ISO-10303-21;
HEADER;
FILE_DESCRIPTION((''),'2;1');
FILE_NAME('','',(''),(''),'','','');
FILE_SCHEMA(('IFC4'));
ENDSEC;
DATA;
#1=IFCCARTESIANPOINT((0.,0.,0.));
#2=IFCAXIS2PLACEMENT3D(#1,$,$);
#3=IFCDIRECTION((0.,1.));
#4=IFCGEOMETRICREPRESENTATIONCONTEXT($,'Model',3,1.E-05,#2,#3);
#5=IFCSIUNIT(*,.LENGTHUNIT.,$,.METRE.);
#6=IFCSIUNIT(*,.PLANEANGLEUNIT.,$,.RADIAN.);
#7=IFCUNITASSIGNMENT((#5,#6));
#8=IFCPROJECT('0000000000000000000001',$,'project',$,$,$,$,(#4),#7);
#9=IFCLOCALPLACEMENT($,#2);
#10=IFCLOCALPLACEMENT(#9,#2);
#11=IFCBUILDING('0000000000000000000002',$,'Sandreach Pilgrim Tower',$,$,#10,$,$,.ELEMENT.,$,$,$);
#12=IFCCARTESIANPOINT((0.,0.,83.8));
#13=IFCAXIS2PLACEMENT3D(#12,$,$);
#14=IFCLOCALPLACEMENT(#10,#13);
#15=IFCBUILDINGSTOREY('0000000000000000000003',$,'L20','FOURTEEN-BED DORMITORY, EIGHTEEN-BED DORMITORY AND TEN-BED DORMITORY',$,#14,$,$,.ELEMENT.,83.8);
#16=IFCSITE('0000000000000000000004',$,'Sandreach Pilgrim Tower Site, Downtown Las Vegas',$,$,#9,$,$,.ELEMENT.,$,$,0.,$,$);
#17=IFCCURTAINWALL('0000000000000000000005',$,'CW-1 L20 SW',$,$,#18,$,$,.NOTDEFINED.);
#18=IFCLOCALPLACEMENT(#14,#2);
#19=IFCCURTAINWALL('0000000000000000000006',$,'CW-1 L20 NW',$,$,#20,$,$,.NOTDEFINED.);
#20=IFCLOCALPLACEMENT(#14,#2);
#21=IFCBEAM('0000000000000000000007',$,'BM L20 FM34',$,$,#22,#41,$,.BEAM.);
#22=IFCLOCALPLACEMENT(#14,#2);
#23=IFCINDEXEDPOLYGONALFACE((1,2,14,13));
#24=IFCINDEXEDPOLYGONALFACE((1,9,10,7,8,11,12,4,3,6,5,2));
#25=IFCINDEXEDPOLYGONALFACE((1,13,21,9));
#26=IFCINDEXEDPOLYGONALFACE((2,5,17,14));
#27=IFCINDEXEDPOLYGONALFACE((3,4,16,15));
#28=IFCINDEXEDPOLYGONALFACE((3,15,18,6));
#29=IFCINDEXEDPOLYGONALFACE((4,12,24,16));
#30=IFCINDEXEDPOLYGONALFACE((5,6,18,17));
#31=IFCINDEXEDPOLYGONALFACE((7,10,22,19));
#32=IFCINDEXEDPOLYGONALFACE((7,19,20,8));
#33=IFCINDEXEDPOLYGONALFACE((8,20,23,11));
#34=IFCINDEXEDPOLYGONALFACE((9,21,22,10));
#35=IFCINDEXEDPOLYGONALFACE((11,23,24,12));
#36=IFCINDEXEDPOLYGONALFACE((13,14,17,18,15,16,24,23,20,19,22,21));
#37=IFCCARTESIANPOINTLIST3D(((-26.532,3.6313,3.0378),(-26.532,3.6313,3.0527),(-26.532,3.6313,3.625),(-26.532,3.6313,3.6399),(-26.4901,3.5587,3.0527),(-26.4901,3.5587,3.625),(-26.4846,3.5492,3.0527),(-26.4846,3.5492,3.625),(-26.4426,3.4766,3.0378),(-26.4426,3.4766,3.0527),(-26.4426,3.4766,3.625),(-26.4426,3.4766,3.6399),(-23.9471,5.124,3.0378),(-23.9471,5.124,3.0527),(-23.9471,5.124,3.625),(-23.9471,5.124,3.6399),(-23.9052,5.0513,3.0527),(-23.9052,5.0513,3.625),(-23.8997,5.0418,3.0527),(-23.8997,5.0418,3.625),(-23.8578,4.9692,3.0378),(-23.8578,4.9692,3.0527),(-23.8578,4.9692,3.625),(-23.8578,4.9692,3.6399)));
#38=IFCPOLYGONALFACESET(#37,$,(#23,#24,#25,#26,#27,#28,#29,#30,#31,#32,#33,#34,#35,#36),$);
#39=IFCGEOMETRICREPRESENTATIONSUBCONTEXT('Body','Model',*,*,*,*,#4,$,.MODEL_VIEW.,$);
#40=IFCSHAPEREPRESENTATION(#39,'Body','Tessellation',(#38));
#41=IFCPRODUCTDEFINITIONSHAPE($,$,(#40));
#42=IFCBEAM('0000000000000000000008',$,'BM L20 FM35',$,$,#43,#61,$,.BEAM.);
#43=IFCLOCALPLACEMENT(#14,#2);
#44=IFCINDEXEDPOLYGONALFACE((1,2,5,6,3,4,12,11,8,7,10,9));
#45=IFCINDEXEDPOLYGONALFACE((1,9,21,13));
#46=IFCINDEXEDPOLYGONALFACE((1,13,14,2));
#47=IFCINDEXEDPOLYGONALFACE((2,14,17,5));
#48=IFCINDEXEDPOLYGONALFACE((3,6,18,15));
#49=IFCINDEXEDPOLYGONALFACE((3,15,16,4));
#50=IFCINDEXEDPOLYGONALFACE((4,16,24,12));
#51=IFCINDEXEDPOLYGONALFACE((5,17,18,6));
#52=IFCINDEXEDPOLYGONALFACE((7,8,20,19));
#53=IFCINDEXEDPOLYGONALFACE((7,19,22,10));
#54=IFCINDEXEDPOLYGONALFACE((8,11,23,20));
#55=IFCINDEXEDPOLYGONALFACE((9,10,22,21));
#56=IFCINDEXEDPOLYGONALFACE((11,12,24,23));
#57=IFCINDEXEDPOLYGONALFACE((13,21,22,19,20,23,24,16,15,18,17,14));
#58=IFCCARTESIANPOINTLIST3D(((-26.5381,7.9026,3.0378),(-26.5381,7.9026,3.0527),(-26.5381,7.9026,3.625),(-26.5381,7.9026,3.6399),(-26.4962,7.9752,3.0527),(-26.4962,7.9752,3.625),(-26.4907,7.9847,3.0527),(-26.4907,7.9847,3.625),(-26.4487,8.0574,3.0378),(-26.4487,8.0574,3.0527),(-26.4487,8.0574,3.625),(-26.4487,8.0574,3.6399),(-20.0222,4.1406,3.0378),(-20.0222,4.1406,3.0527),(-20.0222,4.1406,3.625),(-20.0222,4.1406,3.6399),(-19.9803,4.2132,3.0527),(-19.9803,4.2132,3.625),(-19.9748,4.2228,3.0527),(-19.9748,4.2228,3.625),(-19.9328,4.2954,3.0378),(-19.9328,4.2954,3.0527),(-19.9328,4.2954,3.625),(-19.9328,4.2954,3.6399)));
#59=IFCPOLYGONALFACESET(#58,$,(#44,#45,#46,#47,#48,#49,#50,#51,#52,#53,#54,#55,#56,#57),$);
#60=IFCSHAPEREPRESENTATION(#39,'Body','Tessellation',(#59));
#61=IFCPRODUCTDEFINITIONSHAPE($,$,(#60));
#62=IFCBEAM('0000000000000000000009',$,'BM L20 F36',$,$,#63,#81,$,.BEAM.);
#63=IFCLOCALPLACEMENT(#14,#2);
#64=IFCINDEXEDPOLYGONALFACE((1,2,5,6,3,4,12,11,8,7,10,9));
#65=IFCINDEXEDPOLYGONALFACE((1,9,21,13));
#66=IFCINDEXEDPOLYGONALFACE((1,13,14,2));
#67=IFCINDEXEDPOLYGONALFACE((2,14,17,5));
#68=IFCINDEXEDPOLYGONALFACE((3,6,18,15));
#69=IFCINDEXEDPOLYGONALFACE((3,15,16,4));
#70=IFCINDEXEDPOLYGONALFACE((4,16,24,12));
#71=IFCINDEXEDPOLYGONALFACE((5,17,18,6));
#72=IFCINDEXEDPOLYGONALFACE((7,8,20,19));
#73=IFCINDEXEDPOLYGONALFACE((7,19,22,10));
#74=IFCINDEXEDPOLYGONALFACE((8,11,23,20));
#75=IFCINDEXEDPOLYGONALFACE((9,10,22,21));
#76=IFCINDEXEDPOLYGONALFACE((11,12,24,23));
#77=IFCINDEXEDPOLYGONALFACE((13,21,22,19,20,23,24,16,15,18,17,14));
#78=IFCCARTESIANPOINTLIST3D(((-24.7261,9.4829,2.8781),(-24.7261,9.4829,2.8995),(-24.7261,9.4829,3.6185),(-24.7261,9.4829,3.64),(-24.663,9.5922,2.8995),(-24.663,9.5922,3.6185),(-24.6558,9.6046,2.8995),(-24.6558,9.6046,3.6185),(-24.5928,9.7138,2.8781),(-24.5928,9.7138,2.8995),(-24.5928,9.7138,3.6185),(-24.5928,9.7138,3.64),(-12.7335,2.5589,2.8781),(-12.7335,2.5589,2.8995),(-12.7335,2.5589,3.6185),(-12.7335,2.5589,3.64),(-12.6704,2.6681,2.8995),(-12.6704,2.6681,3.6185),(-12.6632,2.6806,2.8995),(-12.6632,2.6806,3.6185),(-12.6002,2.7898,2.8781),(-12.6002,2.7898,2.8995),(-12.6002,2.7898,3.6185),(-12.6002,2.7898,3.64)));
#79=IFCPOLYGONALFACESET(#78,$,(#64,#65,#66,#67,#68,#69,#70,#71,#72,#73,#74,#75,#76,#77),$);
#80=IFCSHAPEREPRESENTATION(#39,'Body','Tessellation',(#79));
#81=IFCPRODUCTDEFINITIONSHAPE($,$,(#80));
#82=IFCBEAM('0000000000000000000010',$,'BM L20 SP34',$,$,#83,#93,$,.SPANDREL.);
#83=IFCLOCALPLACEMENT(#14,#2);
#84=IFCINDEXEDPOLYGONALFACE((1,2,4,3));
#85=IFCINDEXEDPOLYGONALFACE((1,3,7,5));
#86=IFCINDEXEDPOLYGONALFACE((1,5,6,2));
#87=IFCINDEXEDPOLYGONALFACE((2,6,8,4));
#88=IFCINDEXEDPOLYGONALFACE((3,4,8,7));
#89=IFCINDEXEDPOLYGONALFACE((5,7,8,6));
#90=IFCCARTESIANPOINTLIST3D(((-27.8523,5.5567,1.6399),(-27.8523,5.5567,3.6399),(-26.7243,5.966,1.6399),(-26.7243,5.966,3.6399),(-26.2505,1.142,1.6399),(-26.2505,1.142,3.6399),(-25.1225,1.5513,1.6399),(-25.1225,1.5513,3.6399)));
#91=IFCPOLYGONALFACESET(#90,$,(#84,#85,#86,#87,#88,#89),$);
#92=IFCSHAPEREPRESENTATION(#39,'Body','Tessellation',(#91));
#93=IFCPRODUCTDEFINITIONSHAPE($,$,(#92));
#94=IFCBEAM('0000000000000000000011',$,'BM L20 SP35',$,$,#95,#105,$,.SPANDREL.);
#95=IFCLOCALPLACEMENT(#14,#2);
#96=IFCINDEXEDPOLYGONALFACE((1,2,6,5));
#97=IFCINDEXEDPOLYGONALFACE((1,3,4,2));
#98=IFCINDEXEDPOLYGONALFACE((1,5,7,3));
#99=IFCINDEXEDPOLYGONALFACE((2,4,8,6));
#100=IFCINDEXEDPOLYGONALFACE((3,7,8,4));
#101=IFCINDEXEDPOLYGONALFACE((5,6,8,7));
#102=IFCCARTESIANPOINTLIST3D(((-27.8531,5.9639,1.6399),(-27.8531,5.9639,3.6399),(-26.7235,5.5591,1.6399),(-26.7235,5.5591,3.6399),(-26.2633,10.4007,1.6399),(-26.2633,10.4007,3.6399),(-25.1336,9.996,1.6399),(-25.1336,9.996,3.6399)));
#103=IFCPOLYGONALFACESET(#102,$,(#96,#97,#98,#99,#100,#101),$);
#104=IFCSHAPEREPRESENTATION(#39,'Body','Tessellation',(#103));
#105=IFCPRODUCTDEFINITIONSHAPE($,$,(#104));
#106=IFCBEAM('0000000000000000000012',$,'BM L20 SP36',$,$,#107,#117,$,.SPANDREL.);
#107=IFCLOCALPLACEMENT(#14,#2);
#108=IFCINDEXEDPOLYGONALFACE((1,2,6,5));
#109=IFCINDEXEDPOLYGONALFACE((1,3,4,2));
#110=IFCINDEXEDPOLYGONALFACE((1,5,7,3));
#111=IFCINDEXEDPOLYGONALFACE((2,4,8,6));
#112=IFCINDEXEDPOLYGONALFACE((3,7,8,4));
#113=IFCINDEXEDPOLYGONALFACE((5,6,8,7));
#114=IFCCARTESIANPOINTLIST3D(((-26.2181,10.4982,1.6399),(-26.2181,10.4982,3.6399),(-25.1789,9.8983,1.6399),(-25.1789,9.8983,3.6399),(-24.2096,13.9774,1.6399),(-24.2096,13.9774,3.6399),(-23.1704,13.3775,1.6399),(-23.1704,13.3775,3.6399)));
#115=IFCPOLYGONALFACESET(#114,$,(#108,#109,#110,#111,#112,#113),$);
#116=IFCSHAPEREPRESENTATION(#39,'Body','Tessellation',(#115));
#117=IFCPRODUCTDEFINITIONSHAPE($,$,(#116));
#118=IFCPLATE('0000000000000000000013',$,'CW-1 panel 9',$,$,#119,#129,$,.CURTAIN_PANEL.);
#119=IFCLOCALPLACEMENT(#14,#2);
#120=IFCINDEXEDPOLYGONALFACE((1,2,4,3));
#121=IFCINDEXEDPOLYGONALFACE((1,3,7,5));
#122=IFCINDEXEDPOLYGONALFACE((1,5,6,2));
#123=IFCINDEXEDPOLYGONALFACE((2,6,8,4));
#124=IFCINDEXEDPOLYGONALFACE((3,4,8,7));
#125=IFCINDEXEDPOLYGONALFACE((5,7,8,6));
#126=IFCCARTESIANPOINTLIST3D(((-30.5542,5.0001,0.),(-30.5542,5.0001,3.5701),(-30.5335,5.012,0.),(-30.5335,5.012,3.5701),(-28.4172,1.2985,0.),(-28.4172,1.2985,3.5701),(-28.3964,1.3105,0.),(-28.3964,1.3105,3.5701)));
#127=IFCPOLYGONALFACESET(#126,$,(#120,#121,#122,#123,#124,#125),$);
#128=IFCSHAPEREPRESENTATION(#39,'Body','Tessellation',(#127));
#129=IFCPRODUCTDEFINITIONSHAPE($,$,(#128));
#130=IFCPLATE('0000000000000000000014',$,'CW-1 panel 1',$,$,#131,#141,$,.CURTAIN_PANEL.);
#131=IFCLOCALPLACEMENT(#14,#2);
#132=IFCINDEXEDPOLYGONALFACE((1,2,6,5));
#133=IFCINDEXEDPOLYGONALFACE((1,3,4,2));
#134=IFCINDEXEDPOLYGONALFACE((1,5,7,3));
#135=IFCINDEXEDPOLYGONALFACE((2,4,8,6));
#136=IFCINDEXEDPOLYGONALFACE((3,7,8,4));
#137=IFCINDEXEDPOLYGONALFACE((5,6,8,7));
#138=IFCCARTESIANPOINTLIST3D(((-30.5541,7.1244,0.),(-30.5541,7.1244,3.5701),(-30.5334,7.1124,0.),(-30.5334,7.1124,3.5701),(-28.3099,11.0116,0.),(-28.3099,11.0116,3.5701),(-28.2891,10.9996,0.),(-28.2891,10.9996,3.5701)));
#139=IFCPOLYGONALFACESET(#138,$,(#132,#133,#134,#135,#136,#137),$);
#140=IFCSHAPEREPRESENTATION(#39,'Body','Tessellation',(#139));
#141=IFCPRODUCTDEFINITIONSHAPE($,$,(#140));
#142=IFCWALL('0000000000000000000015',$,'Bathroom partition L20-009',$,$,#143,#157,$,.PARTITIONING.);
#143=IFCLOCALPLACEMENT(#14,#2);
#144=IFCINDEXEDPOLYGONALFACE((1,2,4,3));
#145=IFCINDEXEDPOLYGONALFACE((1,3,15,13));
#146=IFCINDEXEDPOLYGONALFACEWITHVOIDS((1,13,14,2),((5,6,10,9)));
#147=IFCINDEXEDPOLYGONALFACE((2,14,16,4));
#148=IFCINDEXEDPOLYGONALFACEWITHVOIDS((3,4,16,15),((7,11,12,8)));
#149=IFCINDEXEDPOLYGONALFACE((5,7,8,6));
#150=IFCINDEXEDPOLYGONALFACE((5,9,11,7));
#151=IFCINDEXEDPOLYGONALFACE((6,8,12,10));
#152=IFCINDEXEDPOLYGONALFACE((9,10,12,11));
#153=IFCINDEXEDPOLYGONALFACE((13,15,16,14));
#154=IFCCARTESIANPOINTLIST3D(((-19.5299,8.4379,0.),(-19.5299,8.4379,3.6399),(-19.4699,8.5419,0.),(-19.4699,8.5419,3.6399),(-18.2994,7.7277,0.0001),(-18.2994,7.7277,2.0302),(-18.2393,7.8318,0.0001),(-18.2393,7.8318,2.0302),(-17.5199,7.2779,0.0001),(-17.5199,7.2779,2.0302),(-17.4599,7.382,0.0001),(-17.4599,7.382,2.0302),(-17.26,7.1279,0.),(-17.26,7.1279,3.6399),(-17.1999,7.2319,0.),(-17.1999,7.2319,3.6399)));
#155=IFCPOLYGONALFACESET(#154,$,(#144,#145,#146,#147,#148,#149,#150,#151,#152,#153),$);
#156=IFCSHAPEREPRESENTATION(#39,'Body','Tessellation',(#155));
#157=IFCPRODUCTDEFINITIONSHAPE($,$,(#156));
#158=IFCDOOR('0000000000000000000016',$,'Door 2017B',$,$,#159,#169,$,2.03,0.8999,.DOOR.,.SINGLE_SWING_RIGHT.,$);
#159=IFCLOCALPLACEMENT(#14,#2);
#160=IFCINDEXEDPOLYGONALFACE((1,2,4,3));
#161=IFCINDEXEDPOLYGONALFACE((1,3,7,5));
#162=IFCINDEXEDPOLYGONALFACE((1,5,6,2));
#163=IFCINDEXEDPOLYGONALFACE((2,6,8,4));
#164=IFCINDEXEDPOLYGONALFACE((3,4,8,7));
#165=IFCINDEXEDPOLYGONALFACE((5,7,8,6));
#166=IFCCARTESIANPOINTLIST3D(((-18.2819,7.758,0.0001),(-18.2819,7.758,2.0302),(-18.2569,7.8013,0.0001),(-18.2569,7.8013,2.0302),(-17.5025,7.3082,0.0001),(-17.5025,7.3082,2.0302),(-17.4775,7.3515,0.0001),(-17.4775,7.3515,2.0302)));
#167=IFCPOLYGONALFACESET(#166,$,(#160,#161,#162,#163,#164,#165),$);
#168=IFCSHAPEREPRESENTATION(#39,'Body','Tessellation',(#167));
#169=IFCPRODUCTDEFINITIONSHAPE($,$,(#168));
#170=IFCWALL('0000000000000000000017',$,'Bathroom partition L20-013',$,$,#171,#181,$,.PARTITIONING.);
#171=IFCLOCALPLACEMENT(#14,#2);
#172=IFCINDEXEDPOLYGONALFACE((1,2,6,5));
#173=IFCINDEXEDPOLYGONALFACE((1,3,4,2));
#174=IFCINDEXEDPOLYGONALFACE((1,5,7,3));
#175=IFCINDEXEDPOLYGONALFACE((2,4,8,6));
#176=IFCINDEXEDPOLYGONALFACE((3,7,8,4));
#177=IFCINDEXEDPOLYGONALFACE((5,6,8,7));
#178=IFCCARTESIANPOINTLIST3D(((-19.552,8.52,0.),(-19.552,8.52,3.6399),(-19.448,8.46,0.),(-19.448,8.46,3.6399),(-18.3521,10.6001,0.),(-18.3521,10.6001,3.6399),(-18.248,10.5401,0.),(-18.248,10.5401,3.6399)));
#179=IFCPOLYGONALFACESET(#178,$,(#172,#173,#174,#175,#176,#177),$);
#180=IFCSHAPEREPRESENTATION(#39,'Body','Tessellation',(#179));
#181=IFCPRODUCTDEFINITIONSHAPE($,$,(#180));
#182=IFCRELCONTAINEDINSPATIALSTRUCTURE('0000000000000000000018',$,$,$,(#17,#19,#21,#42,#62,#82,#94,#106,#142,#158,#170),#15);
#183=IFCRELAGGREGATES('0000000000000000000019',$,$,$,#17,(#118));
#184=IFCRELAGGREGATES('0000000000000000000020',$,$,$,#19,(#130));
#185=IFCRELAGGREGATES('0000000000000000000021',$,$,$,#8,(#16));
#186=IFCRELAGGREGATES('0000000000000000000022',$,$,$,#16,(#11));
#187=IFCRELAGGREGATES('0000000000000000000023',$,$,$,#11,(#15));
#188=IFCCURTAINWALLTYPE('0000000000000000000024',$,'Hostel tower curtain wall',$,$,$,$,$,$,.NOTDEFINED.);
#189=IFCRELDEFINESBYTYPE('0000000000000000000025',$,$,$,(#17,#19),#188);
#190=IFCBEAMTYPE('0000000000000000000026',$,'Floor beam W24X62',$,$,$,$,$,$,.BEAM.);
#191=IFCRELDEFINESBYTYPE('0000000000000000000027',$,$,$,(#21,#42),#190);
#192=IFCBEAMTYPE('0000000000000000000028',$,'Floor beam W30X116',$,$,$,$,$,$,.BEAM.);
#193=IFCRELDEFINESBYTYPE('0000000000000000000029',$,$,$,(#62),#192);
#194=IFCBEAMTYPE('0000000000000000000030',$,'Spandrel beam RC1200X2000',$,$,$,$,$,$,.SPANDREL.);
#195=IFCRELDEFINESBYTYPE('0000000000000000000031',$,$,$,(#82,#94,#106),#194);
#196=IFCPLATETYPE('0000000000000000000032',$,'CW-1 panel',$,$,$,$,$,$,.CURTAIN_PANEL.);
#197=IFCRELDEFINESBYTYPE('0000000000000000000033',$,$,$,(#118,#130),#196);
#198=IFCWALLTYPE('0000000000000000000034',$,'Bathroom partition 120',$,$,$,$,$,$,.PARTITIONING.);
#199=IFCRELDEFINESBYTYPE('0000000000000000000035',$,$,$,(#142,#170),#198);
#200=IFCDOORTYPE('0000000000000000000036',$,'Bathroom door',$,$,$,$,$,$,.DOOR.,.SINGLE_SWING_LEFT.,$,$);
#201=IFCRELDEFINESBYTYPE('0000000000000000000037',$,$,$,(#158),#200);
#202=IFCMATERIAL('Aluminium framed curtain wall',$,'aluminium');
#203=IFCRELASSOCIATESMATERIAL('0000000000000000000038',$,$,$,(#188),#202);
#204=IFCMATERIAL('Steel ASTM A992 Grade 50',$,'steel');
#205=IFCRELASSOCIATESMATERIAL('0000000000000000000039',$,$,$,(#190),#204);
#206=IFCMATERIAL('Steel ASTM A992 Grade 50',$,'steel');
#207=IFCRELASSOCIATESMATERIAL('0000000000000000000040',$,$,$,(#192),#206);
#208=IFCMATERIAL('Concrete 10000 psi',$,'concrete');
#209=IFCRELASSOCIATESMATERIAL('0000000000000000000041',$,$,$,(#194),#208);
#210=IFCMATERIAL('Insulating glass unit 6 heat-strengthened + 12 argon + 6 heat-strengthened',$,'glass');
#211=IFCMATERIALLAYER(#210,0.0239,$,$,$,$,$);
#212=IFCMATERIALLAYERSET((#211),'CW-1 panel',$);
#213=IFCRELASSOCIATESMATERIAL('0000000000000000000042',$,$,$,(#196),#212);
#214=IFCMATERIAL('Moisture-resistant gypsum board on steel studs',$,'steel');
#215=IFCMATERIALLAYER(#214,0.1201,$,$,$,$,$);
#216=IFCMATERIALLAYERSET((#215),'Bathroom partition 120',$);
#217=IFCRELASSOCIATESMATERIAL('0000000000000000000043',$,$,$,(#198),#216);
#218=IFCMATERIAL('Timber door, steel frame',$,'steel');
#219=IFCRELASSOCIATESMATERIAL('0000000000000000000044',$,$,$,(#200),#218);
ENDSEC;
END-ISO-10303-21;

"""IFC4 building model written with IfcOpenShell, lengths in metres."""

from ifc_helpers import new_model, si_unit, direction, frame, frame_2d, origin, origin_2d, place, context, subcontext, project, spatial, rectangle, i_section, extrude, material, layer, layer_set, material_profile, profile_set, type_object, element, fill, aggregate, save


model = new_model("IFC4")

# Units and contexts
model_context = context("Model", 3, precision=1e-05, world=origin(), true_north=direction((0.0, 1.0)))
body_context = subcontext(model_context, "Body", "Model", "MODEL_VIEW")
ifc_project = project(units=[si_unit("LENGTHUNIT", "METRE"), si_unit("PLANEANGLEUNIT", "RADIAN")], contexts=[model_context])

# Site, building, storey
site_placement = place(None, origin())
site = spatial("IfcSite", under=ifc_project, at=site_placement, Name="Sandreach Pilgrim Tower Site, Downtown Las Vegas", CompositionType="ELEMENT", RefElevation=0.0)
building_placement = place(site_placement, origin())
building = spatial("IfcBuilding", under=site, at=building_placement, Name="Sandreach Pilgrim Tower", CompositionType="ELEMENT")
storey_placement = place(building_placement, frame((0.0, 0.0, 83.8)))
storey = spatial("IfcBuildingStorey", under=building, at=storey_placement, Name="L20", Description="FOURTEEN-BED DORMITORY, EIGHTEEN-BED DORMITORY AND TEN-BED DORMITORY", CompositionType="ELEMENT", Elevation=83.8)

# Curtain walls
ifc_material_1 = material(Name="Aluminium framed curtain wall", Category="aluminium")
curtain_wall_type = type_object("IfcCurtainWallType", Name="Hostel tower curtain wall", PredefinedType="NOTDEFINED", material=ifc_material_1)
curtain_wall_1_placement = place(storey_placement, origin())
curtain_wall_1 = element("IfcCurtainWall", 1, at=curtain_wall_1_placement, inside=storey, type_object=curtain_wall_type, Name="CW-1 L20 SW", PredefinedType="NOTDEFINED")
curtain_wall_2_placement = place(storey_placement, origin())
curtain_wall_2 = element("IfcCurtainWall", 2, at=curtain_wall_2_placement, inside=storey, type_object=curtain_wall_type, Name="CW-1 L20 NW", PredefinedType="NOTDEFINED")

# Beams
ifc_material_2 = material(Name="Steel ASTM A992 Grade 50", Category="steel")
ifc_material_profile_1 = material_profile(ifc_material_2, i_section(OverallWidth=0.1787, OverallDepth=0.6021, WebThickness=0.011, FlangeThickness=0.0149, at=origin_2d()), Name="W24X62")
ifc_profile_set_1 = profile_set([ifc_material_profile_1], Name="Steel ASTM A992 Grade 50")
beam_type_1 = type_object("IfcBeamType", Name="Floor beam W24X62", PredefinedType="BEAM", material=ifc_profile_set_1)
beam_1_placement = place(storey_placement, frame((-26.4873, 3.554, 3.3389), z_axis=(0.865989, 0.500062, 0.0), x_axis=(-0.500062, 0.865989, 0.0)))
element("IfcBeam", 3, at=beam_1_placement, inside=storey, type_object=beam_type_1, Name="BM L20 FM34", PredefinedType="BEAM", context=body_context, shape_type="SweptSolid", body=[
    extrude(i_section(OverallWidth=0.1787, OverallDepth=0.6021, WebThickness=0.011, FlangeThickness=0.0149, at=origin_2d()), origin(), (0.0, 0.0, 1.0), 2.9849),
])
beam_2_placement = place(storey_placement, frame((-26.4934, 7.98, 3.3389), z_axis=(0.866024, -0.500002, 0.0), x_axis=(0.500002, 0.866024, 0.0)))
element("IfcBeam", 4, at=beam_2_placement, inside=storey, type_object=beam_type_1, Name="BM L20 FM35", PredefinedType="BEAM", context=body_context, shape_type="SweptSolid", body=[
    extrude(i_section(OverallWidth=0.1787, OverallDepth=0.6021, WebThickness=0.011, FlangeThickness=0.0149, at=origin_2d()), origin(), (0.0, 0.0, 1.0), 7.5239),
])
ifc_material_3 = material(Name="Steel ASTM A992 Grade 50", Category="steel")
ifc_material_profile_2 = material_profile(ifc_material_3, i_section(OverallWidth=0.2666, OverallDepth=0.762, WebThickness=0.0144, FlangeThickness=0.0215, at=origin_2d()), Name="W30X116")
ifc_profile_set_2 = profile_set([ifc_material_profile_2], Name="Steel ASTM A992 Grade 50")
beam_type_2 = type_object("IfcBeamType", Name="Floor beam W30X116", PredefinedType="BEAM", material=ifc_profile_set_2)
beam_3_placement = place(storey_placement, frame((-24.6594, 9.5984, 3.259), z_axis=(0.866022, -0.500005, 0.0), x_axis=(0.500005, 0.866022, 0.0)))
element("IfcBeam", 5, at=beam_3_placement, inside=storey, type_object=beam_type_2, Name="BM L20 F36", PredefinedType="BEAM", context=body_context, shape_type="SweptSolid", body=[
    extrude(i_section(OverallWidth=0.2666, OverallDepth=0.762, WebThickness=0.0144, FlangeThickness=0.0215, at=origin_2d()), origin(), (0.0, 0.0, 1.0), 13.8479),
])
ifc_material_4 = material(Name="Concrete 10000 psi", Category="concrete")
ifc_material_profile_3 = material_profile(ifc_material_4, rectangle(XDim=1.2, YDim=2.0, at=origin_2d()), Name="RC1200X2000")
ifc_profile_set_3 = profile_set([ifc_material_profile_3], Name="Concrete 10000 psi")
beam_type_3 = type_object("IfcBeamType", Name="Spandrel beam RC1200X2000", PredefinedType="SPANDREL", material=ifc_profile_set_3)
beam_4_placement = place(storey_placement, frame((-25.6865, 1.3467, 2.6399), z_axis=(-0.341071, 0.940038, 0.0), x_axis=(-0.940038, -0.341071, 0.0)))
element("IfcBeam", 6, at=beam_4_placement, inside=storey, type_object=beam_type_3, Name="BM L20 SP34", PredefinedType="SPANDREL", context=body_context, shape_type="SweptSolid", body=[
    extrude(rectangle(XDim=1.2, YDim=2.0, at=origin_2d()), origin(), (0.0, 0.0, 1.0), 4.6963),
])
beam_5_placement = place(storey_placement, frame((-27.2883, 5.7615, 2.6399), z_axis=(0.337331, 0.941386, 0.0), x_axis=(-0.941386, 0.337331, 0.0)))
element("IfcBeam", 7, at=beam_5_placement, inside=storey, type_object=beam_type_3, Name="BM L20 SP35", PredefinedType="SPANDREL", context=body_context, shape_type="SweptSolid", body=[
    extrude(rectangle(XDim=1.2, YDim=2.0, at=origin_2d()), origin(), (0.0, 0.0, 1.0), 4.7131),
])
beam_6_placement = place(storey_placement, frame((-25.6985, 10.1982, 2.6399), z_axis=(0.499963, 0.866047, 0.0), x_axis=(-0.866047, 0.499963, 0.0)))
element("IfcBeam", 8, at=beam_6_placement, inside=storey, type_object=beam_type_3, Name="BM L20 SP36", PredefinedType="SPANDREL", context=body_context, shape_type="SweptSolid", body=[
    extrude(rectangle(XDim=1.2, YDim=2.0, at=origin_2d()), origin(), (0.0, 0.0, 1.0), 4.0173),
])

# Plates
ifc_material_5 = material(Name="Insulating glass unit 6 heat-strengthened + 12 argon + 6 heat-strengthened", Category="glass")
ifc_layer_1 = layer(ifc_material_5, 0.0239)
ifc_layer_set_1 = layer_set([ifc_layer_1], Name="CW-1 panel")
plate_type = type_object("IfcPlateType", Name="CW-1 panel", PredefinedType="CURTAIN_PANEL", material=ifc_layer_set_1)
plate_1_placement = place(storey_placement, frame((-29.4753, 3.1553, 0.0), z_axis=(0.0, 0.0, 1.0), x_axis=(-0.5, 0.866025, 0.0)))
plate_1 = element("IfcPlate", 9, at=plate_1_placement, type_object=plate_type, Name="CW-1 panel 9", PredefinedType="CURTAIN_PANEL", context=body_context, shape_type="SweptSolid", body=[
    extrude(rectangle(XDim=4.2742, YDim=0.0239, at=origin_2d()), origin(), (0.0, 0.0, 1.0), 3.5701),
])
aggregate(curtain_wall_1, [plate_1])
plate_2_placement = place(storey_placement, frame((-29.4216, 9.062, 0.0), z_axis=(0.0, 0.0, 1.0), x_axis=(0.5, 0.866025, 0.0)))
plate_2 = element("IfcPlate", 10, at=plate_2_placement, type_object=plate_type, Name="CW-1 panel 1", PredefinedType="CURTAIN_PANEL", context=body_context, shape_type="SweptSolid", body=[
    extrude(rectangle(XDim=4.4885, YDim=0.0239, at=origin_2d()), origin(), (0.0, 0.0, 1.0), 3.5701),
])
aggregate(curtain_wall_2, [plate_2])

# Wall, opening, door
ifc_material_6 = material(Name="Moisture-resistant gypsum board on steel studs", Category="steel")
ifc_layer_2 = layer(ifc_material_6, 0.1201)
ifc_layer_set_2 = layer_set([ifc_layer_2], Name="Bathroom partition 120")
wall_type_1 = type_object("IfcWallType", Name="Bathroom partition 120", PredefinedType="PARTITIONING", material=ifc_layer_set_2)
wall_1_placement = place(storey_placement, frame((-19.5, 8.49, 0.0), z_axis=(0.0, 0.0, 1.0), x_axis=(0.866114, -0.499846, 0.0)))
wall_1 = element("IfcWall", 11, at=wall_1_placement, inside=storey, type_object=wall_type_1, Name="Bathroom partition L20-009", PredefinedType="PARTITIONING", context=body_context, shape_type="SweptSolid", body=[
    extrude(rectangle(XDim=2.6208, YDim=0.1201, at=frame_2d((1.3105, 0.0))), origin(), (0.0, 0.0, 1.0), 3.6399),
])
opening_1_placement = place(wall_1_placement, frame((1.4209, 0.0, 0.0)))
opening_1 = element("IfcOpeningElement", 12, at=opening_1_placement, cuts=wall_1, PredefinedType="OPENING", context=body_context, shape_type="SweptSolid", body=[
    extrude(rectangle(XDim=0.8999, YDim=2.03, at=frame_2d((0.45, 1.0151))), frame((0.0, 0.0601, 0.0), z_axis=(0.0, -1.0, 0.0), x_axis=(1.0, 0.0, 0.0)), (0.0, 0.0, 1.0), 0.1201),
])
ifc_material_7 = material(Name="Timber door, steel frame", Category="steel")
door_type_1 = type_object("IfcDoorType", Name="Bathroom door", OperationType="SINGLE_SWING_LEFT", PredefinedType="DOOR", material=ifc_material_7)
door_1_placement = place(opening_1_placement, origin())
door_1 = element("IfcDoor", 13, at=door_1_placement, inside=storey, type_object=door_type_1, Name="Door 2017B", OperationType="SINGLE_SWING_RIGHT", OverallHeight=2.03, OverallWidth=0.8999, PredefinedType="DOOR", context=body_context, shape_type="SweptSolid", body=[
    extrude(rectangle(XDim=0.8999, YDim=2.03, at=frame_2d((0.45, 1.0151))), frame((0.0, 0.0249, 0.0), z_axis=(0.0, -1.0, 0.0), x_axis=(1.0, 0.0, 0.0)), (0.0, 0.0, 1.0), 0.05),
])
fill(opening_1, door_1)

# Wall
wall_2_placement = place(storey_placement, frame((-18.3, 10.5701, 0.0), z_axis=(0.0, 0.0, 1.0), x_axis=(-0.499693, -0.866203, 0.0)))
element("IfcWall", 14, at=wall_2_placement, inside=storey, type_object=wall_type_1, Name="Bathroom partition L20-013", PredefinedType="PARTITIONING", context=body_context, shape_type="SweptSolid", body=[
    extrude(rectangle(XDim=2.4014, YDim=0.1201, at=frame_2d((1.2007, 0.0))), origin(), (0.0, 0.0, 1.0), 3.6399),
])

save(model, "model.ifc")
